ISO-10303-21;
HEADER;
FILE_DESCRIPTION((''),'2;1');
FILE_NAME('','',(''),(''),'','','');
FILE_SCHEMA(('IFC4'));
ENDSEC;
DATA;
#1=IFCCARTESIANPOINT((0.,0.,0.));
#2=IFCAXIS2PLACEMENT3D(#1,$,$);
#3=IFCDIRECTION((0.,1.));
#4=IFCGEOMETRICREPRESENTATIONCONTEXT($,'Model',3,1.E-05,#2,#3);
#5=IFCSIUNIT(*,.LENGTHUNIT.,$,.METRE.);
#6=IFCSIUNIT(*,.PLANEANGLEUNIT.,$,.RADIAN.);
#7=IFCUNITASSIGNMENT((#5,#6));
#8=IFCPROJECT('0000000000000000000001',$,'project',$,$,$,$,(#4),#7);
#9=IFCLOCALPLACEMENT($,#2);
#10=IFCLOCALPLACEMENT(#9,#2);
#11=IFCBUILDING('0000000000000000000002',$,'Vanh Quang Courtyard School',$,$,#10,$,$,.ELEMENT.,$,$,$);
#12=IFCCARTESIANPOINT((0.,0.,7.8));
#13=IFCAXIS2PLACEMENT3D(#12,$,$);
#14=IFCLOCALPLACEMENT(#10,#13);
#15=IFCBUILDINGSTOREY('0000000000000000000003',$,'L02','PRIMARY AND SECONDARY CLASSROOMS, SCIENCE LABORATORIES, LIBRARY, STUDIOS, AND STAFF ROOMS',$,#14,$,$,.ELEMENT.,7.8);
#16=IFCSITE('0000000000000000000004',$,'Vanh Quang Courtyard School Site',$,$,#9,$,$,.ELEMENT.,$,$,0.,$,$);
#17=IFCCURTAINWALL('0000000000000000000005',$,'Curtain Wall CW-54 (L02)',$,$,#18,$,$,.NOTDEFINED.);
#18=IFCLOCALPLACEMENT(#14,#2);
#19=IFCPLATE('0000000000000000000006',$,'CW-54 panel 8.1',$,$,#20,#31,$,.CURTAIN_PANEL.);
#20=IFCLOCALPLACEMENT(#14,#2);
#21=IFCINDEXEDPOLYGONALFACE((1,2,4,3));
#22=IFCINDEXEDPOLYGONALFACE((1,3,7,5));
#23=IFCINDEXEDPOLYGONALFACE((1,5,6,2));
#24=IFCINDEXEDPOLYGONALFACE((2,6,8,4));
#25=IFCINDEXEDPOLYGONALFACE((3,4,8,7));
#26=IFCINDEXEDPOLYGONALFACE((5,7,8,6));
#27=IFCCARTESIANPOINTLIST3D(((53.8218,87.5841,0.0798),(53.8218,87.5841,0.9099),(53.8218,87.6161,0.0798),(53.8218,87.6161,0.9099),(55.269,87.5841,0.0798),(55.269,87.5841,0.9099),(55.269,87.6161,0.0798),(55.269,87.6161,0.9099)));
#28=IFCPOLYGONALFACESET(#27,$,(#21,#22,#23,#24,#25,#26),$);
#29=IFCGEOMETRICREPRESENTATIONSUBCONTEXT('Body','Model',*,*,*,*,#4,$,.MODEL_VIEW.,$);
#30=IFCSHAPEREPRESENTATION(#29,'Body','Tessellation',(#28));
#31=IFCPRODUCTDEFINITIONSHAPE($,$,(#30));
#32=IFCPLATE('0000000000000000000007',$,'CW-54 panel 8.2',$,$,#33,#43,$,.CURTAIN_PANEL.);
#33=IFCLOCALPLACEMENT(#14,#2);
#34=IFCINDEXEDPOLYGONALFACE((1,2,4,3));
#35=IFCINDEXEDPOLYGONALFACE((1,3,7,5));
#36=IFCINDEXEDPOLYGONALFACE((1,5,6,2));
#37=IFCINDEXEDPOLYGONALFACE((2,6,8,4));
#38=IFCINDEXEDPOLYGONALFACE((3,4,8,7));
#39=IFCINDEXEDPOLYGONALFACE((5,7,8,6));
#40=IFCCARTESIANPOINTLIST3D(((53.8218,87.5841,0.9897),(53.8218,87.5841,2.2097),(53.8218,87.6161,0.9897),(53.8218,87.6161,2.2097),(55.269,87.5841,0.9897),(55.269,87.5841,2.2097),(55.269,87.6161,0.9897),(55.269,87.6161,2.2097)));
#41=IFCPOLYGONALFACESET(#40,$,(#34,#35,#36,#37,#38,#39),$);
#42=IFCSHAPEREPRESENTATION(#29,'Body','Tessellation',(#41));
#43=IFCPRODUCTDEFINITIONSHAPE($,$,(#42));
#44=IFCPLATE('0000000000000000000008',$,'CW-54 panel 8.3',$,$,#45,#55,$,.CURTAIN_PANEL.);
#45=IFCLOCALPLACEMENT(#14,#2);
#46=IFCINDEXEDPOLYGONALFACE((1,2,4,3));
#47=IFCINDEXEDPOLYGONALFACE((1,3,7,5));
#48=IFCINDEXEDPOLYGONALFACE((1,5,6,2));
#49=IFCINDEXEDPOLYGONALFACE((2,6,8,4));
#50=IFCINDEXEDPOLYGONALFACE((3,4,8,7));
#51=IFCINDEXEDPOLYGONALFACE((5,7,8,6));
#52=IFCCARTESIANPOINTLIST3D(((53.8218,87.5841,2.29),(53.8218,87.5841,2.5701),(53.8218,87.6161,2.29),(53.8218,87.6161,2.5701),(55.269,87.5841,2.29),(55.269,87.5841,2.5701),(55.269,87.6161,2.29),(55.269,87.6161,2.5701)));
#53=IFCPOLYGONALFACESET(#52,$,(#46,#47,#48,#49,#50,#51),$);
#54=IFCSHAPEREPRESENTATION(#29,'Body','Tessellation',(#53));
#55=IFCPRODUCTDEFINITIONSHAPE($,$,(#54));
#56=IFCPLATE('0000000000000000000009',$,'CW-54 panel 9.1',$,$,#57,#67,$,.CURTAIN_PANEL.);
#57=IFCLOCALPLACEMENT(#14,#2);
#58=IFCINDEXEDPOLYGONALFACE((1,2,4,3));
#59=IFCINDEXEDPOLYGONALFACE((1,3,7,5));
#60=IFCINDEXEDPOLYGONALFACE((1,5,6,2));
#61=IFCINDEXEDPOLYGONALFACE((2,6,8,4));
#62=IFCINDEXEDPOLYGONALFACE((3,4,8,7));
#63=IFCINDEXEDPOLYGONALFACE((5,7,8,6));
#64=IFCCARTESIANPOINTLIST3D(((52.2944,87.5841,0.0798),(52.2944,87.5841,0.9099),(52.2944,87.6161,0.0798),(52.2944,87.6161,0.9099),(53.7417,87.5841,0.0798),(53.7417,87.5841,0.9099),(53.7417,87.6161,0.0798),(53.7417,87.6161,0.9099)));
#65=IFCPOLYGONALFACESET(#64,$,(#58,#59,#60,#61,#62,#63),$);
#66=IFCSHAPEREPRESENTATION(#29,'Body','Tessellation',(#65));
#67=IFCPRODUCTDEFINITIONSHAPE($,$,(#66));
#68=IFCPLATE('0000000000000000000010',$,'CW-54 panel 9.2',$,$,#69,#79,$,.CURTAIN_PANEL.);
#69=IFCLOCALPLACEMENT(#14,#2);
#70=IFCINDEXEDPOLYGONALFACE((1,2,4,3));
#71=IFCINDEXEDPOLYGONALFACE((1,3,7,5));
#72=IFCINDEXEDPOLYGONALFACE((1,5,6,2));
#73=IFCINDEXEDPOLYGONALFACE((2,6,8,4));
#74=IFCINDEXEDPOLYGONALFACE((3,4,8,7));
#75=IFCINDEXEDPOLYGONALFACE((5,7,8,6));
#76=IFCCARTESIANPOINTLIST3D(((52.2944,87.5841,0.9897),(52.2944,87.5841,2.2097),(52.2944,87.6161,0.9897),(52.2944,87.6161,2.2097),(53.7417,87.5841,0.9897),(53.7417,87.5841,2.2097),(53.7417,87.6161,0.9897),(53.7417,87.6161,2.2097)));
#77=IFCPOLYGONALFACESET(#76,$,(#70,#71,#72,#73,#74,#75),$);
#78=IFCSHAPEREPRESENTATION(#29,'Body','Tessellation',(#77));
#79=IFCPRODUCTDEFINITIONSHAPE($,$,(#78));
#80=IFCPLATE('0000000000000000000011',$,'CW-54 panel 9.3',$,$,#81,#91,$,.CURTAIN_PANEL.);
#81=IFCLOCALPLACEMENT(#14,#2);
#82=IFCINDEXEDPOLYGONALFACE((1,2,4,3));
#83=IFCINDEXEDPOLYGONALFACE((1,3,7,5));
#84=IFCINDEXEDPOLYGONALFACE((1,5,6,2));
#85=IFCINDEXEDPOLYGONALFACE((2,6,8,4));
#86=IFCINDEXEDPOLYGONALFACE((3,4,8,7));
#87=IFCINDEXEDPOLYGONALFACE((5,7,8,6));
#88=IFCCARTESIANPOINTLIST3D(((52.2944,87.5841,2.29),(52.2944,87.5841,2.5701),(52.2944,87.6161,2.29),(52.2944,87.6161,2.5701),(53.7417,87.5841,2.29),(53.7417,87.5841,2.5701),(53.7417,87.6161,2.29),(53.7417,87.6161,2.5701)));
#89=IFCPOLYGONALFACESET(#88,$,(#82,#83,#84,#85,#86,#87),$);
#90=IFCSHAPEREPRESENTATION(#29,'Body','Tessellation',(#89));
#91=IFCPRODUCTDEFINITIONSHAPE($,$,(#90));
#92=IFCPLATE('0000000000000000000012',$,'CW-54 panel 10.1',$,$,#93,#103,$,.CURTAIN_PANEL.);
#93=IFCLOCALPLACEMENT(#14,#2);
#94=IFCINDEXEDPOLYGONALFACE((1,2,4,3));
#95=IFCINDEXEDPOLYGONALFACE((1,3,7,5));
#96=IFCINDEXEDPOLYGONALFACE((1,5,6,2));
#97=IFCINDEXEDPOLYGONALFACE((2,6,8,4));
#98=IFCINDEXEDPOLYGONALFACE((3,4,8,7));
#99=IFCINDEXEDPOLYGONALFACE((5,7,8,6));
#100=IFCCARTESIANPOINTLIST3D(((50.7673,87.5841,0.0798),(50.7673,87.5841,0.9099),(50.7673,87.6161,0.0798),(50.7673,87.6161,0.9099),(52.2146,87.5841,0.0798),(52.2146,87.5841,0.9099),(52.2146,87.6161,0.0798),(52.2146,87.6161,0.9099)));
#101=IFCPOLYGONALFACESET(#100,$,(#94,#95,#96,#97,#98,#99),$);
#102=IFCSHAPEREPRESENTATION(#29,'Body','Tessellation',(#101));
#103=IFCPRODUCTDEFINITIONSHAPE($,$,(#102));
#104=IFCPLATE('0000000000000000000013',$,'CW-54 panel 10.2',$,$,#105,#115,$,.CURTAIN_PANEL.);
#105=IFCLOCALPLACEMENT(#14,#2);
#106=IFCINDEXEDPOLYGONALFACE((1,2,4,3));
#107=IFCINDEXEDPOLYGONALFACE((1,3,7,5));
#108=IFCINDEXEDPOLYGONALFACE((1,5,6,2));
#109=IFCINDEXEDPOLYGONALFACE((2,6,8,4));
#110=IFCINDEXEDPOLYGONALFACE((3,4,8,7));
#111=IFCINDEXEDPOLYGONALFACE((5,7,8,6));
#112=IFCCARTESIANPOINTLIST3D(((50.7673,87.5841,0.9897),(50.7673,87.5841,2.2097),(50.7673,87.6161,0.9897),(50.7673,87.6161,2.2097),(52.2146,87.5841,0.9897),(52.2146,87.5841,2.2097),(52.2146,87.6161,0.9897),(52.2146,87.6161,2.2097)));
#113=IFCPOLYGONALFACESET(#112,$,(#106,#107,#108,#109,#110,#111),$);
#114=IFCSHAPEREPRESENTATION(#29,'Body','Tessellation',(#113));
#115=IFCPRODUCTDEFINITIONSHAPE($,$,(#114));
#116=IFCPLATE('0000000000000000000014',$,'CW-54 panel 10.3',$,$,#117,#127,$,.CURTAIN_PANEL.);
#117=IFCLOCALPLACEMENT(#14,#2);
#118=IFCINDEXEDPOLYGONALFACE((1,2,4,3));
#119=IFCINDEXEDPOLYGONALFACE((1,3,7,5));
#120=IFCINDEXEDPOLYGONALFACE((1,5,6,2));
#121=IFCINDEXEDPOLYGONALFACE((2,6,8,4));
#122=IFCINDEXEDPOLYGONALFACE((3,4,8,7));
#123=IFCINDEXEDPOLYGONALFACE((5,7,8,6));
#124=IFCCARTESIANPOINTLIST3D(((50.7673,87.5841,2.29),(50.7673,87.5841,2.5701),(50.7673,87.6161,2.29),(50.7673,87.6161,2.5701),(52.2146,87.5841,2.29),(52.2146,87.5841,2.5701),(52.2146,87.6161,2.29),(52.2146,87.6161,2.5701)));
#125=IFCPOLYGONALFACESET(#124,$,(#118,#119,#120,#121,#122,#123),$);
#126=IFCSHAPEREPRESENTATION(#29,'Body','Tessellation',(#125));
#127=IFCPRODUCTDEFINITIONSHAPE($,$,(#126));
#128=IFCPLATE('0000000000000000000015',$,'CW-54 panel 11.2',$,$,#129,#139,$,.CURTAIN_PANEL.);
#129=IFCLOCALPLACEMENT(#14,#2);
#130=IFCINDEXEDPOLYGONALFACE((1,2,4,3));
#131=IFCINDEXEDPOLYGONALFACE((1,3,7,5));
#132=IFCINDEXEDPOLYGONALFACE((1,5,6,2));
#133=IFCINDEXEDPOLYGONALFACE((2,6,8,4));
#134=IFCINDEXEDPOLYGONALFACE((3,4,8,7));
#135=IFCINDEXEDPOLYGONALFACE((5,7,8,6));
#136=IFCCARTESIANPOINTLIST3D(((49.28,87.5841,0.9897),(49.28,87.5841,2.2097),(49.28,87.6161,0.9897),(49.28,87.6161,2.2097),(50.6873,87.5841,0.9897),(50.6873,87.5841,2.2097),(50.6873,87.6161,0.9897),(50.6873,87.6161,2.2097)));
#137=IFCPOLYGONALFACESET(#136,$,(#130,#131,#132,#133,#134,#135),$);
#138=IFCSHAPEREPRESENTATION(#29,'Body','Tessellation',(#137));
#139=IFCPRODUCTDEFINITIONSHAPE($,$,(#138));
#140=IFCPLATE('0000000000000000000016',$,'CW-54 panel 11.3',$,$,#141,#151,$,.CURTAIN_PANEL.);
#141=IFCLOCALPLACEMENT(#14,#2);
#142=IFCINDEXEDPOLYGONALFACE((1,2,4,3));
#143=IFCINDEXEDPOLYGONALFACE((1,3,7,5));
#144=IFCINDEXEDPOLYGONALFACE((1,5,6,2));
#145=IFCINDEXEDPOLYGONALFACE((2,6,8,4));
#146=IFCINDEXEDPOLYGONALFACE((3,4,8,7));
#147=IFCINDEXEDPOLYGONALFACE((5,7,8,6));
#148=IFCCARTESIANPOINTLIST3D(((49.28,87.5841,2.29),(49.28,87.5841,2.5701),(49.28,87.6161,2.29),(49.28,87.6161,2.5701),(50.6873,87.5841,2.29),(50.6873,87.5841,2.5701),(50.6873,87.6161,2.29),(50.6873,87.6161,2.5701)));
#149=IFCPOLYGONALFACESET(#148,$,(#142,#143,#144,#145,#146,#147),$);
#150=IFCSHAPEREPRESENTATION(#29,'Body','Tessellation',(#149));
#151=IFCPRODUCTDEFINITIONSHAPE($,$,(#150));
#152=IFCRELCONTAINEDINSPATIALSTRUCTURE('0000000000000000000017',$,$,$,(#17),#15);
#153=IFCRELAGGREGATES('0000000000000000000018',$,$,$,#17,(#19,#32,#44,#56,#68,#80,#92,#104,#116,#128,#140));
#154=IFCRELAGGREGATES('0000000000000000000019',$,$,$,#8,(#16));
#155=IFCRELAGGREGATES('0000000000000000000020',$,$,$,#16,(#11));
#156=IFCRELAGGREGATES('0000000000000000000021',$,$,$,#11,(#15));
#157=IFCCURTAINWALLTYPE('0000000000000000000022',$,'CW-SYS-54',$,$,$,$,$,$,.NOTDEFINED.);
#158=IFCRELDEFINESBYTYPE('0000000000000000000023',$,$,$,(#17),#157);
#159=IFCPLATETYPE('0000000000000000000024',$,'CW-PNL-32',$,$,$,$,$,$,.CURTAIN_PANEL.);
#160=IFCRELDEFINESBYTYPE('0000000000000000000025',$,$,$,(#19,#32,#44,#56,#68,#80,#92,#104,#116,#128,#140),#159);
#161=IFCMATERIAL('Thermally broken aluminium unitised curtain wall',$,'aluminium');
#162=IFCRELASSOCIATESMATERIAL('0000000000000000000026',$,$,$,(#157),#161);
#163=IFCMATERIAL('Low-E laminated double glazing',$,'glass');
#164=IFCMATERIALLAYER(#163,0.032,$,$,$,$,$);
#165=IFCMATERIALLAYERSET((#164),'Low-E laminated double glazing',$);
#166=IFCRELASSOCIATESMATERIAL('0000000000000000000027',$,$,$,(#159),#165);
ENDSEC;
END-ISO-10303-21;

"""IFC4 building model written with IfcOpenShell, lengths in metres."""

from ifc_helpers import new_model, si_unit, direction, frame, origin, origin_2d, place, context, subcontext, project, spatial, rectangle, extrude, material, layer, layer_set, type_object, element, aggregate, save


model = new_model("IFC4")

# Units and contexts
model_context = context("Model", 3, precision=1e-05, world=origin(), true_north=direction((0.0, 1.0)))
body_context = subcontext(model_context, "Body", "Model", "MODEL_VIEW")
ifc_project = project(units=[si_unit("LENGTHUNIT", "METRE"), si_unit("PLANEANGLEUNIT", "RADIAN")], contexts=[model_context])

# Site, building, storey
site_placement = place(None, origin())
site = spatial("IfcSite", under=ifc_project, at=site_placement, Name="Vanh Quang Courtyard School Site", CompositionType="ELEMENT", RefElevation=0.0)
building_placement = place(site_placement, origin())
building = spatial("IfcBuilding", under=site, at=building_placement, Name="Vanh Quang Courtyard School", CompositionType="ELEMENT")
storey_placement = place(building_placement, frame((0.0, 0.0, 7.8)))
storey = spatial("IfcBuildingStorey", under=building, at=storey_placement, Name="L02", Description="PRIMARY AND SECONDARY CLASSROOMS, SCIENCE LABORATORIES, LIBRARY, STUDIOS, AND STAFF ROOMS", CompositionType="ELEMENT", Elevation=7.8)

# Curtain wall, plates
ifc_material_1 = material(Name="Thermally broken aluminium unitised curtain wall", Category="aluminium")
curtain_wall_type = type_object("IfcCurtainWallType", Name="CW-SYS-54", PredefinedType="NOTDEFINED", material=ifc_material_1)
curtain_wall_placement = place(storey_placement, origin())
curtain_wall = element("IfcCurtainWall", 1, at=curtain_wall_placement, inside=storey, type_object=curtain_wall_type, Name="Curtain Wall CW-54 (L02)", PredefinedType="NOTDEFINED")
ifc_material_2 = material(Name="Low-E laminated double glazing", Category="glass")
ifc_layer = layer(ifc_material_2, 0.032)
ifc_layer_set = layer_set([ifc_layer], Name="Low-E laminated double glazing")
plate_type = type_object("IfcPlateType", Name="CW-PNL-32", PredefinedType="CURTAIN_PANEL", material=ifc_layer_set)
plate_1_placement = place(storey_placement, frame((54.5454, 87.6001, 0.0798), z_axis=(0.0, 0.0, 1.0), x_axis=(-1.0, 0.0, 0.0)))
plate_1 = element("IfcPlate", 2, at=plate_1_placement, type_object=plate_type, Name="CW-54 panel 8.1", PredefinedType="CURTAIN_PANEL", context=body_context, shape_type="SweptSolid", body=[
    extrude(rectangle(XDim=1.4473, YDim=0.032, at=origin_2d()), origin(), (0.0, 0.0, 1.0), 0.8301),
])
plate_2_placement = place(storey_placement, frame((54.5454, 87.6001, 0.9897), z_axis=(0.0, 0.0, 1.0), x_axis=(-1.0, 0.0, 0.0)))
plate_2 = element("IfcPlate", 3, at=plate_2_placement, type_object=plate_type, Name="CW-54 panel 8.2", PredefinedType="CURTAIN_PANEL", context=body_context, shape_type="SweptSolid", body=[
    extrude(rectangle(XDim=1.4473, YDim=0.032, at=origin_2d()), origin(), (0.0, 0.0, 1.0), 1.22),
])
plate_3_placement = place(storey_placement, frame((54.5454, 87.6001, 2.29), z_axis=(0.0, 0.0, 1.0), x_axis=(-1.0, 0.0, 0.0)))
plate_3 = element("IfcPlate", 4, at=plate_3_placement, type_object=plate_type, Name="CW-54 panel 8.3", PredefinedType="CURTAIN_PANEL", context=body_context, shape_type="SweptSolid", body=[
    extrude(rectangle(XDim=1.4473, YDim=0.032, at=origin_2d()), origin(), (0.0, 0.0, 1.0), 0.28),
])
plate_4_placement = place(storey_placement, frame((53.0181, 87.6001, 0.0798), z_axis=(0.0, 0.0, 1.0), x_axis=(-1.0, 0.0, 0.0)))
plate_4 = element("IfcPlate", 5, at=plate_4_placement, type_object=plate_type, Name="CW-54 panel 9.1", PredefinedType="CURTAIN_PANEL", context=body_context, shape_type="SweptSolid", body=[
    extrude(rectangle(XDim=1.4473, YDim=0.032, at=origin_2d()), origin(), (0.0, 0.0, 1.0), 0.8301),
])
plate_5_placement = place(storey_placement, frame((53.0181, 87.6001, 0.9897), z_axis=(0.0, 0.0, 1.0), x_axis=(-1.0, 0.0, 0.0)))
plate_5 = element("IfcPlate", 6, at=plate_5_placement, type_object=plate_type, Name="CW-54 panel 9.2", PredefinedType="CURTAIN_PANEL", context=body_context, shape_type="SweptSolid", body=[
    extrude(rectangle(XDim=1.4473, YDim=0.032, at=origin_2d()), origin(), (0.0, 0.0, 1.0), 1.22),
])
plate_6_placement = place(storey_placement, frame((53.0181, 87.6001, 2.29), z_axis=(0.0, 0.0, 1.0), x_axis=(-1.0, 0.0, 0.0)))
plate_6 = element("IfcPlate", 7, at=plate_6_placement, type_object=plate_type, Name="CW-54 panel 9.3", PredefinedType="CURTAIN_PANEL", context=body_context, shape_type="SweptSolid", body=[
    extrude(rectangle(XDim=1.4473, YDim=0.032, at=origin_2d()), origin(), (0.0, 0.0, 1.0), 0.28),
])
plate_7_placement = place(storey_placement, frame((51.491, 87.6001, 0.0798), z_axis=(0.0, 0.0, 1.0), x_axis=(-1.0, 0.0, 0.0)))
plate_7 = element("IfcPlate", 8, at=plate_7_placement, type_object=plate_type, Name="CW-54 panel 10.1", PredefinedType="CURTAIN_PANEL", context=body_context, shape_type="SweptSolid", body=[
    extrude(rectangle(XDim=1.4473, YDim=0.032, at=origin_2d()), origin(), (0.0, 0.0, 1.0), 0.8301),
])
plate_8_placement = place(storey_placement, frame((51.491, 87.6001, 0.9897), z_axis=(0.0, 0.0, 1.0), x_axis=(-1.0, 0.0, 0.0)))
plate_8 = element("IfcPlate", 9, at=plate_8_placement, type_object=plate_type, Name="CW-54 panel 10.2", PredefinedType="CURTAIN_PANEL", context=body_context, shape_type="SweptSolid", body=[
    extrude(rectangle(XDim=1.4473, YDim=0.032, at=origin_2d()), origin(), (0.0, 0.0, 1.0), 1.22),
])
plate_9_placement = place(storey_placement, frame((51.491, 87.6001, 2.29), z_axis=(0.0, 0.0, 1.0), x_axis=(-1.0, 0.0, 0.0)))
plate_9 = element("IfcPlate", 10, at=plate_9_placement, type_object=plate_type, Name="CW-54 panel 10.3", PredefinedType="CURTAIN_PANEL", context=body_context, shape_type="SweptSolid", body=[
    extrude(rectangle(XDim=1.4473, YDim=0.032, at=origin_2d()), origin(), (0.0, 0.0, 1.0), 0.28),
])
plate_10_placement = place(storey_placement, frame((49.9836, 87.6001, 0.9897), z_axis=(0.0, 0.0, 1.0), x_axis=(-1.0, 0.0, 0.0)))
plate_10 = element("IfcPlate", 11, at=plate_10_placement, type_object=plate_type, Name="CW-54 panel 11.2", PredefinedType="CURTAIN_PANEL", context=body_context, shape_type="SweptSolid", body=[
    extrude(rectangle(XDim=1.4072, YDim=0.032, at=origin_2d()), origin(), (0.0, 0.0, 1.0), 1.22),
])
plate_11_placement = place(storey_placement, frame((49.9836, 87.6001, 2.29), z_axis=(0.0, 0.0, 1.0), x_axis=(-1.0, 0.0, 0.0)))
plate_11 = element("IfcPlate", 12, at=plate_11_placement, type_object=plate_type, Name="CW-54 panel 11.3", PredefinedType="CURTAIN_PANEL", context=body_context, shape_type="SweptSolid", body=[
    extrude(rectangle(XDim=1.4072, YDim=0.032, at=origin_2d()), origin(), (0.0, 0.0, 1.0), 0.28),
])
aggregate(curtain_wall, [plate_1, plate_2, plate_3, plate_4, plate_5, plate_6, plate_7, plate_8, plate_9, plate_10, plate_11])

save(model, "model.ifc")
